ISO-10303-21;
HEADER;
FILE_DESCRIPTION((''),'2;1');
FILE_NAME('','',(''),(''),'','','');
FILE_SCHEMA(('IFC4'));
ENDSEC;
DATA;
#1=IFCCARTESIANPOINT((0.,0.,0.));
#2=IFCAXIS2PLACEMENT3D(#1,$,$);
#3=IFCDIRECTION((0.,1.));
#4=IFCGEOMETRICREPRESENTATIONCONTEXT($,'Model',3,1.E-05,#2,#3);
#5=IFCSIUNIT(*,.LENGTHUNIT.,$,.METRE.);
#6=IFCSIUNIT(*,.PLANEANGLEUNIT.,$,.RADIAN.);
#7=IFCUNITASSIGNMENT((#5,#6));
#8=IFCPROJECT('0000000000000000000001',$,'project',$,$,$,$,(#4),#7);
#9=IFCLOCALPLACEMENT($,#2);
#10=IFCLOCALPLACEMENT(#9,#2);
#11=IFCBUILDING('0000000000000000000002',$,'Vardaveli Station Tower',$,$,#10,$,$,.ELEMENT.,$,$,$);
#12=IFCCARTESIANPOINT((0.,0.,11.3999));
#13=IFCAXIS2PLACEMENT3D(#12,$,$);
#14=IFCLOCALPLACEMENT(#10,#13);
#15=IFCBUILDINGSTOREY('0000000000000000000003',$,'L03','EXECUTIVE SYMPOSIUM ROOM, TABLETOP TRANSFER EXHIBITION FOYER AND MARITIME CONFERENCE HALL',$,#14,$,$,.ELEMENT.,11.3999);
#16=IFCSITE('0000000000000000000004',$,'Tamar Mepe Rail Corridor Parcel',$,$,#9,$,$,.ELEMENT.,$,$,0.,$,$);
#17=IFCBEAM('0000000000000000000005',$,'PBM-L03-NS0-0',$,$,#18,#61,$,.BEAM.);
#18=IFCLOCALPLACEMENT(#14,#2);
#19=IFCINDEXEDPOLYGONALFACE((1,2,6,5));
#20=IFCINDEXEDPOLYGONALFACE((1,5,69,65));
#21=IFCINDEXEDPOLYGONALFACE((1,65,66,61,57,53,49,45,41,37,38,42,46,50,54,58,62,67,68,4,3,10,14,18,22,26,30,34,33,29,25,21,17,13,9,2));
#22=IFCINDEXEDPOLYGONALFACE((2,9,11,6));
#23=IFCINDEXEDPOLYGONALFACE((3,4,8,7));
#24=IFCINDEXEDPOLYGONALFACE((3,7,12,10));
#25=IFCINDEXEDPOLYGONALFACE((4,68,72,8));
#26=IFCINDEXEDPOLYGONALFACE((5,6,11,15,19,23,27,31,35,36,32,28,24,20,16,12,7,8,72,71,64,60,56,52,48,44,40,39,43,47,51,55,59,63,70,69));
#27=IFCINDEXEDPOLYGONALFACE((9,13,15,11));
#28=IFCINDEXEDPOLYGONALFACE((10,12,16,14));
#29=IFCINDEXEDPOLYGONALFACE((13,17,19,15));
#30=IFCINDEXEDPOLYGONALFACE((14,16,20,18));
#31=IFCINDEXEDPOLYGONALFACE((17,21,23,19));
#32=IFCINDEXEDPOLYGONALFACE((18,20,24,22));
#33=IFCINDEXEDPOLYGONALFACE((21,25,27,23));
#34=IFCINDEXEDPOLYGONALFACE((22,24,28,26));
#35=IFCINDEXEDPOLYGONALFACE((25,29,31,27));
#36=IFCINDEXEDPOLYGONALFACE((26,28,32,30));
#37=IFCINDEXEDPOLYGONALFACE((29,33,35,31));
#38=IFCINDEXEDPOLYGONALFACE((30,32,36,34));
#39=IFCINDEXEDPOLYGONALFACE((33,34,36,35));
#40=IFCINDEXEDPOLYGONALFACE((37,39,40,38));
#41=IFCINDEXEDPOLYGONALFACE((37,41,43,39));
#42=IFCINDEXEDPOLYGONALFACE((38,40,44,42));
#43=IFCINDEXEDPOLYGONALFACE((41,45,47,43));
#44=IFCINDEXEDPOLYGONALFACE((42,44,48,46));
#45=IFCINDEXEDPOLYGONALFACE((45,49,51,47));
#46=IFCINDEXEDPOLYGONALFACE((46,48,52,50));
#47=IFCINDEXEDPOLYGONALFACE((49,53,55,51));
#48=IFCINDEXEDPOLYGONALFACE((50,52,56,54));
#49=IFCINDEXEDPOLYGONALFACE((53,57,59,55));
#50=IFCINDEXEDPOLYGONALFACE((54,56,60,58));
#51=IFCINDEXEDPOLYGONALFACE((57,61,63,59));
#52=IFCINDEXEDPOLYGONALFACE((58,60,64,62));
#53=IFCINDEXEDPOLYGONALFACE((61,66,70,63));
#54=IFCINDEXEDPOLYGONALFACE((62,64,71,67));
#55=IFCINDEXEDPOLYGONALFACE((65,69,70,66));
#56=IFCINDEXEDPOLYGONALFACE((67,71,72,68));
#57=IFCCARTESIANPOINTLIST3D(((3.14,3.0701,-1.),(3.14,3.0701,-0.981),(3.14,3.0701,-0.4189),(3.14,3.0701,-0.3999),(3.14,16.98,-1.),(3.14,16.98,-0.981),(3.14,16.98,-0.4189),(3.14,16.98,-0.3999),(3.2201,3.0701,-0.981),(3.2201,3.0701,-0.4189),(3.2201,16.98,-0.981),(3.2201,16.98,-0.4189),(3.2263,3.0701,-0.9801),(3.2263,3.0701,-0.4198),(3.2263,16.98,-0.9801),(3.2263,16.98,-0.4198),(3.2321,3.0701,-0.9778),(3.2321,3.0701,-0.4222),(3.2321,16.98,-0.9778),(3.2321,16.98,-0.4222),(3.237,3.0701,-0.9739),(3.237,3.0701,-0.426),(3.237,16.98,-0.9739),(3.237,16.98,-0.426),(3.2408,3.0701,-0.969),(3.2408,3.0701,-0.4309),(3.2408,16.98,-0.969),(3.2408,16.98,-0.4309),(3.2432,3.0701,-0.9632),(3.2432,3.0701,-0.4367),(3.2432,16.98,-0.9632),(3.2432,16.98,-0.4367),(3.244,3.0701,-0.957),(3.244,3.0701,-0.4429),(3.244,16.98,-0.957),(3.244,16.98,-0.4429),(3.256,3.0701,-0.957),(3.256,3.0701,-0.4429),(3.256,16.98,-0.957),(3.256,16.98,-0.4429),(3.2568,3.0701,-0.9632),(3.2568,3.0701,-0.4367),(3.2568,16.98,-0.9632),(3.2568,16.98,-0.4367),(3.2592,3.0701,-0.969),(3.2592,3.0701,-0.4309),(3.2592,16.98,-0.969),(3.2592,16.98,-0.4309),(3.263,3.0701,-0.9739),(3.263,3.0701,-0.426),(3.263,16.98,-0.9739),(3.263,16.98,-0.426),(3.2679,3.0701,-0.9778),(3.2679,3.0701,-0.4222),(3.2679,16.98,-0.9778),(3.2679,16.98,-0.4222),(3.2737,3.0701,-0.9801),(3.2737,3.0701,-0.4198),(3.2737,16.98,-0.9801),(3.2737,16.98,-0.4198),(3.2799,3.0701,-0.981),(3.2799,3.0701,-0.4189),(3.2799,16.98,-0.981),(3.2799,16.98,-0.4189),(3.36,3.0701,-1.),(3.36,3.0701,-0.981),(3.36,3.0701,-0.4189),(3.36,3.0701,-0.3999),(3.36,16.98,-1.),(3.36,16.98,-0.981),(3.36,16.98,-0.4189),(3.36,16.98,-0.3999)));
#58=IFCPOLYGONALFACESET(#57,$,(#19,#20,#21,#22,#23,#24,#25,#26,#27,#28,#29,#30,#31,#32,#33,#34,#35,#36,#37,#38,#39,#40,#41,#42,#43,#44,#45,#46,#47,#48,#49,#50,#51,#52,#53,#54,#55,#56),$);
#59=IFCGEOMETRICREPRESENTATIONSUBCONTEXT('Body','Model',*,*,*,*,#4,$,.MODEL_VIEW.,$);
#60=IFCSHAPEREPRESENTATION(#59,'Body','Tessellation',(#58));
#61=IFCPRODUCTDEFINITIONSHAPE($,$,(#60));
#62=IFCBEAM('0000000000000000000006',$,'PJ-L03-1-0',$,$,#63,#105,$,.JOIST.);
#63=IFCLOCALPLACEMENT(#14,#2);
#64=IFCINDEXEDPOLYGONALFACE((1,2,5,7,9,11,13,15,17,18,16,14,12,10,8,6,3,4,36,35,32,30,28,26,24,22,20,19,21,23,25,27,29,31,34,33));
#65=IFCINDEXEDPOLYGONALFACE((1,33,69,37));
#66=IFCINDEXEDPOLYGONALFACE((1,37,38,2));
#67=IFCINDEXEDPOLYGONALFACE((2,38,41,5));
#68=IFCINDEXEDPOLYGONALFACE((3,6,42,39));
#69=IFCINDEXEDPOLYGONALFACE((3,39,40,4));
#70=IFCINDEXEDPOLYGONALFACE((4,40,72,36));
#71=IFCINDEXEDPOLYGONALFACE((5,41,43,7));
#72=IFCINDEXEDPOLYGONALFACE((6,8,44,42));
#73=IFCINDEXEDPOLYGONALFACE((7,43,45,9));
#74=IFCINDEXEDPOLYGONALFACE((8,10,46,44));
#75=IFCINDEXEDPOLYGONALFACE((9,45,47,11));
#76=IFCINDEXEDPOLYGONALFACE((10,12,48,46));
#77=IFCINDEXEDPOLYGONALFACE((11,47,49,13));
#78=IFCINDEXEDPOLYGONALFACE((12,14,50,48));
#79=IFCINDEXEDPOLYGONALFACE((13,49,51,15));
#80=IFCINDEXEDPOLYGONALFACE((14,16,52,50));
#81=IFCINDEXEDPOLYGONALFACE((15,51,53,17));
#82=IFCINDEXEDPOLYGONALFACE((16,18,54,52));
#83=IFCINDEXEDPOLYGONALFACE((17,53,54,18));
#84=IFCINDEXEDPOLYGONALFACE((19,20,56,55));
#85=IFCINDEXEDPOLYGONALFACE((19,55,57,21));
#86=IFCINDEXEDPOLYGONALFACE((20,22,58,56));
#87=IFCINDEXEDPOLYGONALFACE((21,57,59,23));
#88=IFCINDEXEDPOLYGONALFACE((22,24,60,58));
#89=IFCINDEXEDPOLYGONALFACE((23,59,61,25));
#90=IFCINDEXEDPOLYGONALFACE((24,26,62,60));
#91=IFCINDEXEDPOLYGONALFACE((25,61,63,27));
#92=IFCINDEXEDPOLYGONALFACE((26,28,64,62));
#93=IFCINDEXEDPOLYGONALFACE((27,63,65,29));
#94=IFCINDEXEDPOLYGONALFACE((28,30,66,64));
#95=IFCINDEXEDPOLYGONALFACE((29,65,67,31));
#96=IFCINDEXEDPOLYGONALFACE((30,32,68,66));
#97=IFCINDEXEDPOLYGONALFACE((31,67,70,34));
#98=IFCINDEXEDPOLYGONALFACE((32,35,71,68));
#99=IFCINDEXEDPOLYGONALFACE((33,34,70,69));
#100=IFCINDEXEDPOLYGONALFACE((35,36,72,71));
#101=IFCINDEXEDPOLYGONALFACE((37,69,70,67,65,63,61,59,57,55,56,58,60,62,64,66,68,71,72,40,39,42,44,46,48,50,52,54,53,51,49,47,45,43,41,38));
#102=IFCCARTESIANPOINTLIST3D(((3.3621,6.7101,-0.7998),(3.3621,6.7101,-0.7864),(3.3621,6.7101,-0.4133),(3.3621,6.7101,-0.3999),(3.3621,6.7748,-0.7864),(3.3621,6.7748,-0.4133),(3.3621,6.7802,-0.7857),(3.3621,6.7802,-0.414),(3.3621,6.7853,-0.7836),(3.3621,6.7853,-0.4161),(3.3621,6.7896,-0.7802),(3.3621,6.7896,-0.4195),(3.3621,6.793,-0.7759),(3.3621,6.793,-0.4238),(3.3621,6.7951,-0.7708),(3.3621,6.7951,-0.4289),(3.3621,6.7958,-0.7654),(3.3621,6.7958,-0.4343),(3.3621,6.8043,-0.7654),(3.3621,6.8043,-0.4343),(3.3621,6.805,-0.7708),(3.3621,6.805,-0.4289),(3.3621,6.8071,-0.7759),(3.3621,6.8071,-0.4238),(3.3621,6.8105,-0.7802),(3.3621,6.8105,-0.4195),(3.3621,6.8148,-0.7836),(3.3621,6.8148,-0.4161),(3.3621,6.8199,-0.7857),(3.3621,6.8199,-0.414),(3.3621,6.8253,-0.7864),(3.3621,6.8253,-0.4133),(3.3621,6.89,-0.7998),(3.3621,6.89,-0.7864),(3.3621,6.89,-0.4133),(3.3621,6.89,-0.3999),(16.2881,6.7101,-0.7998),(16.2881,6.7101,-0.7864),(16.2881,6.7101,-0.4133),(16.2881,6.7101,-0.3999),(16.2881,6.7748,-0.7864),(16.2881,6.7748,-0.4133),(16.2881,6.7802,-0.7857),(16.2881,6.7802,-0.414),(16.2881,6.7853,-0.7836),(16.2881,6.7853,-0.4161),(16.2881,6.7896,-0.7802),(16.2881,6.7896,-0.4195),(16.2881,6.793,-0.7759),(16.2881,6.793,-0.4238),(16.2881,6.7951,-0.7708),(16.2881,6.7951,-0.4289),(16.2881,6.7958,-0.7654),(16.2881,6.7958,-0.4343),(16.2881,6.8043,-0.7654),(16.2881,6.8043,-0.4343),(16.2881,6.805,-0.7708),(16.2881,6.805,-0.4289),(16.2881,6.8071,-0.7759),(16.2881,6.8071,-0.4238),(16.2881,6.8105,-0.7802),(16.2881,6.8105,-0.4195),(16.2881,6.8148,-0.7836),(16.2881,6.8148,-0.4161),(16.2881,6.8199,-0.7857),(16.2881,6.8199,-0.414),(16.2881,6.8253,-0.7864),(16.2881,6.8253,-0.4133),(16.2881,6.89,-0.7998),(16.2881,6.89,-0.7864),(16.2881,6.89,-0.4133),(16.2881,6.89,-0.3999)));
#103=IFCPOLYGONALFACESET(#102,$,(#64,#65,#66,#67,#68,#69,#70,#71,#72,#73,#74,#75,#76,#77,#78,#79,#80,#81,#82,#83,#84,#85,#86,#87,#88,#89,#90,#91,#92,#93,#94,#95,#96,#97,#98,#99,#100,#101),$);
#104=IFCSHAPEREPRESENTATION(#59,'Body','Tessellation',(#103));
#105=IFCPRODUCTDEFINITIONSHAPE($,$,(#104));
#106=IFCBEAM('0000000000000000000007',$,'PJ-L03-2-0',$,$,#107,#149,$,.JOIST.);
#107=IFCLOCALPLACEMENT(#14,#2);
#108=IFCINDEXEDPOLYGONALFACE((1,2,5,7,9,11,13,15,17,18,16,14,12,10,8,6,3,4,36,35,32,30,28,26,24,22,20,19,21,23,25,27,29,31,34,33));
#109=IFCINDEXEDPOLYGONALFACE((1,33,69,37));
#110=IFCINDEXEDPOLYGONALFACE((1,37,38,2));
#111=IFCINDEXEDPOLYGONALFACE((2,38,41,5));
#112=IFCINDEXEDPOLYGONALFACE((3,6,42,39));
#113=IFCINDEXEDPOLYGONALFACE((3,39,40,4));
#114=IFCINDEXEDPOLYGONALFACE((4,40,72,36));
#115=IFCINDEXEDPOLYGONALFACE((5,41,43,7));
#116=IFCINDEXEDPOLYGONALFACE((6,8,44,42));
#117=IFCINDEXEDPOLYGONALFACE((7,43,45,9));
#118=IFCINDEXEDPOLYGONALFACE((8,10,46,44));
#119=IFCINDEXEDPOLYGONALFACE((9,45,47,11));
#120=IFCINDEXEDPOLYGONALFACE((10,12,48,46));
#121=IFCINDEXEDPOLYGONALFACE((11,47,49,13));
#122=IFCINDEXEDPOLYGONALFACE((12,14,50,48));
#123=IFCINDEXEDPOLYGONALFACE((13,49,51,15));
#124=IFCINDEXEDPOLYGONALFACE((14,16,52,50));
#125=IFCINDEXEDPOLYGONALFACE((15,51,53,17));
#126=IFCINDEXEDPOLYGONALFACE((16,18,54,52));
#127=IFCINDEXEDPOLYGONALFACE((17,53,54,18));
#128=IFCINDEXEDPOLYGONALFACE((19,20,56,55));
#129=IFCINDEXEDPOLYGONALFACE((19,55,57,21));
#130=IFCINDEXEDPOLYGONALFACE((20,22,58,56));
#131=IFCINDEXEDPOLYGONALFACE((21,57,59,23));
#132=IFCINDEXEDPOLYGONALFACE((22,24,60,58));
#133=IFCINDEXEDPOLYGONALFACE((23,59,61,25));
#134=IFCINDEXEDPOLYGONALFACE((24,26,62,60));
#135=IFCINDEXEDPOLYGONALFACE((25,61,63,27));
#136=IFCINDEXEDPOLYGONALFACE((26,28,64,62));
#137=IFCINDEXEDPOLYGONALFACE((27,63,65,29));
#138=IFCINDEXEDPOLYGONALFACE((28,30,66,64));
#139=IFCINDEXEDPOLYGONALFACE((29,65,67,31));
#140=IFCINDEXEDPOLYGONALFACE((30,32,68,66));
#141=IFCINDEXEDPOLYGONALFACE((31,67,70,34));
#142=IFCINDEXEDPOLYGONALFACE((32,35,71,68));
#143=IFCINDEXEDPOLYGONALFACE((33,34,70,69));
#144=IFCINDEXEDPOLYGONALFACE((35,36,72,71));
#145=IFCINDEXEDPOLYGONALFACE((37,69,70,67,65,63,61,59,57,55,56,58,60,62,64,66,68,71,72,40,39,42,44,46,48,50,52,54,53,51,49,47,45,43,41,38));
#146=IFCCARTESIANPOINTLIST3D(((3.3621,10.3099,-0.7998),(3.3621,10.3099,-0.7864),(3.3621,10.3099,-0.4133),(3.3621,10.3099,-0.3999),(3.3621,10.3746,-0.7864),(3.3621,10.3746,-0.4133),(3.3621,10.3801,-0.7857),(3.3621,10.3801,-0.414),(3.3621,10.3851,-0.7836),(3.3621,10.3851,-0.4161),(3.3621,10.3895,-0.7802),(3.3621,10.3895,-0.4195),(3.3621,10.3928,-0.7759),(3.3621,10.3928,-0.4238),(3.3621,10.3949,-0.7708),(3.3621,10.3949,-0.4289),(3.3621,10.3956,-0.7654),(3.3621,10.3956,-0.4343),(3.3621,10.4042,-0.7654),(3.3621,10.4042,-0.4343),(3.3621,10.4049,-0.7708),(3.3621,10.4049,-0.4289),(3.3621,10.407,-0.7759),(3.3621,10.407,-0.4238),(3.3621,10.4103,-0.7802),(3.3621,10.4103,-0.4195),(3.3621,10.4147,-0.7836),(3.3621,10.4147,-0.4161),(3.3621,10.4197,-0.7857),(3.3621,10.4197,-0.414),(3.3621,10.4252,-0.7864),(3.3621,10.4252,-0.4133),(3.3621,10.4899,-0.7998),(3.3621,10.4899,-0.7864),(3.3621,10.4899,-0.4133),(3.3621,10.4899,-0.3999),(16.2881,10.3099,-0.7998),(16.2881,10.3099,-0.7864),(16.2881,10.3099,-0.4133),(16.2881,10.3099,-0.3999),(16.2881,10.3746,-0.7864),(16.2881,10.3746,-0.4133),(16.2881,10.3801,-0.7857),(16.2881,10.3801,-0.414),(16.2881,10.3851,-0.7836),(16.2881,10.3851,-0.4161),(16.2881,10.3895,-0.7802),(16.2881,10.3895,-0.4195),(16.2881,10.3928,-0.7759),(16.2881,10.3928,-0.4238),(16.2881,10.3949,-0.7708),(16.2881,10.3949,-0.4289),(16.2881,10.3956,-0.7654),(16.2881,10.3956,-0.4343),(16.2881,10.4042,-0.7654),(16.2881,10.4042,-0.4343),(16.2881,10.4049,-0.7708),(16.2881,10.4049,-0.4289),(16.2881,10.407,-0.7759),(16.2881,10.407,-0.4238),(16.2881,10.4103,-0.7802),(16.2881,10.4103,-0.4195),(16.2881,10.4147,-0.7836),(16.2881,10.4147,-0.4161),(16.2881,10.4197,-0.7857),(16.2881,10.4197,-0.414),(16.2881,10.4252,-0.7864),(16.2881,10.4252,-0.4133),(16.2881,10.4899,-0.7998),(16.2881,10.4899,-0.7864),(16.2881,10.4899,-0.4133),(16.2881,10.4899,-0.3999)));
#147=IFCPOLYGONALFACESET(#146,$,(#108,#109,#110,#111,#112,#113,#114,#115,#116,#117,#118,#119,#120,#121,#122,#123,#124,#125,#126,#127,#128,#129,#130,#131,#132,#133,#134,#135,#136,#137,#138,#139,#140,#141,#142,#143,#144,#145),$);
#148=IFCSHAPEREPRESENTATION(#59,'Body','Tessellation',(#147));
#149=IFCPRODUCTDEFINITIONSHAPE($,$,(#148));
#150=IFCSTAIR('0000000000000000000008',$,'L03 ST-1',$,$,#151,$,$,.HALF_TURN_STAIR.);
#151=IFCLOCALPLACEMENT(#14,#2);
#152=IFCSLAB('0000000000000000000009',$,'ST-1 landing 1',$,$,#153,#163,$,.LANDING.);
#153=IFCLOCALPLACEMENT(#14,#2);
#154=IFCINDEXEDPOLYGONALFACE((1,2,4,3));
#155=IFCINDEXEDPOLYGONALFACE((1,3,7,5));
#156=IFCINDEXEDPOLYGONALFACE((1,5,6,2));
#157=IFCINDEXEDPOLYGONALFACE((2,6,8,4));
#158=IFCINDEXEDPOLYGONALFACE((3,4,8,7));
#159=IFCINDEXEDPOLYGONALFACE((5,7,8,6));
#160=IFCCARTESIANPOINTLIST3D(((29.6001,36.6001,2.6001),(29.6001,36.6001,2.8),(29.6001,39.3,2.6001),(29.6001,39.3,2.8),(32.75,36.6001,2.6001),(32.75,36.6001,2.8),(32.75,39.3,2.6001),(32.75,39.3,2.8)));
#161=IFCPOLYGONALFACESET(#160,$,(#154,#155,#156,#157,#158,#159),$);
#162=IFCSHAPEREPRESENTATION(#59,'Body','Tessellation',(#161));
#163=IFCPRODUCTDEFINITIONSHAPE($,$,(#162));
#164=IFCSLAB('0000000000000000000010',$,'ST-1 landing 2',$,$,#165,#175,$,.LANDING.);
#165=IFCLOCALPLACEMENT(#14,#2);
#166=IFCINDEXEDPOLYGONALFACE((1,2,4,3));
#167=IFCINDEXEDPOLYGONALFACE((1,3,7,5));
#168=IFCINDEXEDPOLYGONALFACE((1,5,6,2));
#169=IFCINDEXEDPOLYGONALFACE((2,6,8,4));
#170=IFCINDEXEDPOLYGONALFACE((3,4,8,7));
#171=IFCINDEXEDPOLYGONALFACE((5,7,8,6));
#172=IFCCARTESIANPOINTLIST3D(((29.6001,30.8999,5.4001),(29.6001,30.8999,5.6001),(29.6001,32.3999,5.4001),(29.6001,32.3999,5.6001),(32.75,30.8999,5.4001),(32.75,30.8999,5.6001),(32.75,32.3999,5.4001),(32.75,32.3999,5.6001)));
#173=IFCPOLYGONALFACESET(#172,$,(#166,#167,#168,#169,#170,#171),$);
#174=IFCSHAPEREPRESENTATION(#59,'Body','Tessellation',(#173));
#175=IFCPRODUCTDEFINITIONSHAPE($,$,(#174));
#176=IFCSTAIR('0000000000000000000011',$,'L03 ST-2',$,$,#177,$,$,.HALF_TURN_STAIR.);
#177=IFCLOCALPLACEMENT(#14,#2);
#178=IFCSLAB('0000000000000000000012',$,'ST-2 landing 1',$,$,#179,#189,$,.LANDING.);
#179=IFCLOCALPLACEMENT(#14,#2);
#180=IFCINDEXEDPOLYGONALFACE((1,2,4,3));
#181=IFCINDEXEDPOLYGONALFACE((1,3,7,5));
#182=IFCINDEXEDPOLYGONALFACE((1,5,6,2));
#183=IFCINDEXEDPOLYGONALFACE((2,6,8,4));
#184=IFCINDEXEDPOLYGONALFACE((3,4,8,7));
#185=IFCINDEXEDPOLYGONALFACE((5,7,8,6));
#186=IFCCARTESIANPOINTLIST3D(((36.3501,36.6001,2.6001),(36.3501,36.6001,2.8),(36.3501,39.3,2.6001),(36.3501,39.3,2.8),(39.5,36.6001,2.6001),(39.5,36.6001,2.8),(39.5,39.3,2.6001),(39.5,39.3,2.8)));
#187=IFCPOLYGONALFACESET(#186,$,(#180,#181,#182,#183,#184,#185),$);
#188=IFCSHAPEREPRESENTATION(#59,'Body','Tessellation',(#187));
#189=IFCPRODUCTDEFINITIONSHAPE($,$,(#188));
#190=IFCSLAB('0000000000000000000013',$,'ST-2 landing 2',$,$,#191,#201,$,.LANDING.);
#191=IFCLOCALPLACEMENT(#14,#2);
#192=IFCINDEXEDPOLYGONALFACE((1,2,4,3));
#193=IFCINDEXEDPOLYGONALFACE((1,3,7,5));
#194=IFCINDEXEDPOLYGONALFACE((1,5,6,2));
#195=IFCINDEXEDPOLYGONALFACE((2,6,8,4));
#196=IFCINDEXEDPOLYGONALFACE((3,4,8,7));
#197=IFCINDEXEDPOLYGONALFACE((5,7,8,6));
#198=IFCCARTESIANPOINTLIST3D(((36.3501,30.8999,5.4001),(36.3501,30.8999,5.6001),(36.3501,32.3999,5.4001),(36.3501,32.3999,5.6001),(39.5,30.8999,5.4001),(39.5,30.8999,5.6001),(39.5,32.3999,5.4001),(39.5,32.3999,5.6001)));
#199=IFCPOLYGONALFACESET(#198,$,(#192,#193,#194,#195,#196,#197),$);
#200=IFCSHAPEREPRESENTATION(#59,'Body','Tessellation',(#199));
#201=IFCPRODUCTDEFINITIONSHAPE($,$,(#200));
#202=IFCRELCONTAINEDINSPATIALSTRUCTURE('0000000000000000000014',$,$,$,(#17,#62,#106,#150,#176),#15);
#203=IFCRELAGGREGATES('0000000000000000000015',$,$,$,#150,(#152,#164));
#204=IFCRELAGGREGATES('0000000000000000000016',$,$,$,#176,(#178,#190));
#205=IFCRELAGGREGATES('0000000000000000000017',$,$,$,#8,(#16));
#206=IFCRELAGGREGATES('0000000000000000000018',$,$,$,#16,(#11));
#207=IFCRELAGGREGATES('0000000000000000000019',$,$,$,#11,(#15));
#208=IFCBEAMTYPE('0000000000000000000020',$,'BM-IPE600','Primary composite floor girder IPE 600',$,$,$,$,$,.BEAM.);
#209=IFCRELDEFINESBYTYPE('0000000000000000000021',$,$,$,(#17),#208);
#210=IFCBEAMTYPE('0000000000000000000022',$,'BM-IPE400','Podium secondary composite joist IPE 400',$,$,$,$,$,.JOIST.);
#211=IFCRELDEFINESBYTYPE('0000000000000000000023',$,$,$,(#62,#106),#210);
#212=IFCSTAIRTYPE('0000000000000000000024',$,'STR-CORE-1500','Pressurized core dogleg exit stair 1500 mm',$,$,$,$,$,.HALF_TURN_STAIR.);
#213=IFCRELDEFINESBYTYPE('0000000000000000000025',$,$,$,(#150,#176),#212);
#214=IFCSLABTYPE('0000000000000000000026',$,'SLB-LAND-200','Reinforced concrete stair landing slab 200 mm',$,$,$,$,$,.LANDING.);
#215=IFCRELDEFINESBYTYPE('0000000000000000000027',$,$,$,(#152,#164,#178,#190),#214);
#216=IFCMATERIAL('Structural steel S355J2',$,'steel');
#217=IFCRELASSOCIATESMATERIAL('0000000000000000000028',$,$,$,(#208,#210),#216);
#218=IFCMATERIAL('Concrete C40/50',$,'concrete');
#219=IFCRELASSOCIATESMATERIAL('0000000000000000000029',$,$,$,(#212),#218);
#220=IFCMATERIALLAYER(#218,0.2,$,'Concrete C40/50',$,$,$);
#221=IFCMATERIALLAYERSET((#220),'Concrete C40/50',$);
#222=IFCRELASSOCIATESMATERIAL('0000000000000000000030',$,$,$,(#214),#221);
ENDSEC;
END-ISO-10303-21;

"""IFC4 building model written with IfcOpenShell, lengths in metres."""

from ifc_helpers import new_model, si_unit, direction, frame, origin, origin_2d, place, context, subcontext, project, spatial, polyline, i_section, outline, extrude, source, transform, mapped, material, layer, layer_set, material_profile, profile_set, type_object, element, aggregate, save


model = new_model("IFC4")

# Units and contexts
model_context = context("Model", 3, precision=1e-05, world=origin(), true_north=direction((0.0, 1.0)))
body_context = subcontext(model_context, "Body", "Model", "MODEL_VIEW")
ifc_project = project(units=[si_unit("LENGTHUNIT", "METRE"), si_unit("PLANEANGLEUNIT", "RADIAN")], contexts=[model_context])

# Site, building, storey
site_placement = place(None, origin())
site = spatial("IfcSite", under=ifc_project, at=site_placement, Name="Tamar Mepe Rail Corridor Parcel", CompositionType="ELEMENT", RefElevation=0.0)
building_placement = place(site_placement, origin())
building = spatial("IfcBuilding", under=site, at=building_placement, Name="Vardaveli Station Tower", CompositionType="ELEMENT")
storey_placement = place(building_placement, frame((0.0, 0.0, 11.3999)))
storey = spatial("IfcBuildingStorey", under=building, at=storey_placement, Name="L03", Description="EXECUTIVE SYMPOSIUM ROOM, TABLETOP TRANSFER EXHIBITION FOYER AND MARITIME CONFERENCE HALL", CompositionType="ELEMENT", Elevation=11.3999)

# Beams
ifc_material_1 = material(Name="Structural steel S355J2", Category="steel")
ifc_material_profile_1 = material_profile(ifc_material_1, i_section(OverallWidth=0.22, OverallDepth=0.6001, WebThickness=0.012, FlangeThickness=0.019, FilletRadius=0.0239, at=origin_2d()), Name="IPE 600")
ifc_profile_set_1 = profile_set([ifc_material_profile_1], Name="Structural steel S355J2")
beam_type_1 = type_object("IfcBeamType", Name="BM-IPE600", Description="Primary composite floor girder IPE 600", PredefinedType="BEAM", material=ifc_profile_set_1)
shared_shape_1 = source(origin(), body_context, "Body", "SweptSolid", [
    extrude(i_section(OverallWidth=0.22, OverallDepth=0.6001, WebThickness=0.012, FlangeThickness=0.019, FilletRadius=0.0239, at=origin_2d()), origin(), (0.0, 0.0, 1.0), 13.9099),
])
beam_1_placement = place(storey_placement, frame((3.25, 3.0701, -0.7), z_axis=(0.0, 1.0, 0.0), x_axis=(-1.0, 0.0, 0.0)))
element("IfcBeam", 1, at=beam_1_placement, inside=storey, type_object=beam_type_1, Name="PBM-L03-NS0-0", PredefinedType="BEAM", context=body_context, shape_type="MappedRepresentation", body=[
    mapped(shared_shape_1, transform((0.0, 0.0, 0.0), scale=1.0)),
])
ifc_material_profile_2 = material_profile(ifc_material_1, i_section(OverallWidth=0.1799, OverallDepth=0.3999, WebThickness=0.0085, FlangeThickness=0.0134, FilletRadius=0.021, at=origin_2d()), Name="IPE 400")
ifc_profile_set_2 = profile_set([ifc_material_profile_2], Name="Structural steel S355J2")
beam_type_2 = type_object("IfcBeamType", Name="BM-IPE400", Description="Podium secondary composite joist IPE 400", PredefinedType="JOIST", material=ifc_profile_set_2)
shared_shape_2 = source(origin(), body_context, "Body", "SweptSolid", [
    extrude(i_section(OverallWidth=0.1799, OverallDepth=0.3999, WebThickness=0.0085, FlangeThickness=0.0134, FilletRadius=0.021, at=origin_2d()), origin(), (0.0, 0.0, 1.0), 12.926),
])
for number, where, z_axis, x_axis, name in (
    (2, (3.3621, 6.8, -0.5999), (1.0, 0.0, 0.0), (0.0, 1.0, 0.0), "PJ-L03-1-0"),
    (3, (3.3621, 10.3999, -0.5999), (1.0, 0.0, 0.0), (0.0, 1.0, 0.0), "PJ-L03-2-0"),
):
    element("IfcBeam", number, at=place(storey_placement, frame(where, z_axis=z_axis, x_axis=x_axis)), inside=storey, type_object=beam_type_2, Name=name, PredefinedType="JOIST", context=body_context, shape_type="MappedRepresentation", body=[
        mapped(shared_shape_2, transform((0.0, 0.0, 0.0), scale=1.0)),
    ])

# Stairs, slabs
ifc_material_2 = material(Name="Concrete C40/50", Category="concrete")
stair_type_1 = type_object("IfcStairType", Name="STR-CORE-1500", Description="Pressurized core dogleg exit stair 1500 mm", PredefinedType="HALF_TURN_STAIR", material=ifc_material_2)
stair_1_placement = place(storey_placement, origin())
stair_1 = element("IfcStair", 4, at=stair_1_placement, inside=storey, type_object=stair_type_1, Name="L03 ST-1", PredefinedType="HALF_TURN_STAIR")
ifc_layer_1 = layer(ifc_material_2, 0.2, Name="Concrete C40/50")
ifc_layer_set_1 = layer_set([ifc_layer_1], Name="Concrete C40/50")
slab_type_1 = type_object("IfcSlabType", Name="SLB-LAND-200", Description="Reinforced concrete stair landing slab 200 mm", PredefinedType="LANDING", material=ifc_layer_set_1)
slab_1_placement = place(storey_placement, frame((0.0, 0.0, 2.6001)))
slab_1 = element("IfcSlab", 5, at=slab_1_placement, type_object=slab_type_1, Name="ST-1 landing 1", PredefinedType="LANDING", context=body_context, shape_type="SweptSolid", body=[
    extrude(outline(polyline([(32.75, 36.6001), (32.75, 39.3), (29.6001, 39.3), (29.6001, 36.6001), (32.75, 36.6001)])), origin(), (0.0, 0.0, 1.0), 0.2),
])
slab_2_placement = place(storey_placement, frame((0.0, 0.0, 5.4001)))
slab_2 = element("IfcSlab", 6, at=slab_2_placement, type_object=slab_type_1, Name="ST-1 landing 2", PredefinedType="LANDING", context=body_context, shape_type="SweptSolid", body=[
    extrude(outline(polyline([(32.75, 30.8999), (32.75, 32.3999), (29.6001, 32.3999), (29.6001, 30.8999), (32.75, 30.8999)])), origin(), (0.0, 0.0, 1.0), 0.2),
])
aggregate(stair_1, [slab_1, slab_2])
stair_2_placement = place(storey_placement, origin())
stair_2 = element("IfcStair", 7, at=stair_2_placement, inside=storey, type_object=stair_type_1, Name="L03 ST-2", PredefinedType="HALF_TURN_STAIR")
slab_3_placement = place(storey_placement, frame((0.0, 0.0, 2.6001)))
slab_3 = element("IfcSlab", 8, at=slab_3_placement, type_object=slab_type_1, Name="ST-2 landing 1", PredefinedType="LANDING", context=body_context, shape_type="SweptSolid", body=[
    extrude(outline(polyline([(39.5, 36.6001), (39.5, 39.3), (36.3501, 39.3), (36.3501, 36.6001), (39.5, 36.6001)])), origin(), (0.0, 0.0, 1.0), 0.2),
])
slab_4_placement = place(storey_placement, frame((0.0, 0.0, 5.4001)))
slab_4 = element("IfcSlab", 9, at=slab_4_placement, type_object=slab_type_1, Name="ST-2 landing 2", PredefinedType="LANDING", context=body_context, shape_type="SweptSolid", body=[
    extrude(outline(polyline([(39.5, 30.8999), (39.5, 32.3999), (36.3501, 32.3999), (36.3501, 30.8999), (39.5, 30.8999)])), origin(), (0.0, 0.0, 1.0), 0.2),
])
aggregate(stair_2, [slab_3, slab_4])

save(model, "model.ifc")
